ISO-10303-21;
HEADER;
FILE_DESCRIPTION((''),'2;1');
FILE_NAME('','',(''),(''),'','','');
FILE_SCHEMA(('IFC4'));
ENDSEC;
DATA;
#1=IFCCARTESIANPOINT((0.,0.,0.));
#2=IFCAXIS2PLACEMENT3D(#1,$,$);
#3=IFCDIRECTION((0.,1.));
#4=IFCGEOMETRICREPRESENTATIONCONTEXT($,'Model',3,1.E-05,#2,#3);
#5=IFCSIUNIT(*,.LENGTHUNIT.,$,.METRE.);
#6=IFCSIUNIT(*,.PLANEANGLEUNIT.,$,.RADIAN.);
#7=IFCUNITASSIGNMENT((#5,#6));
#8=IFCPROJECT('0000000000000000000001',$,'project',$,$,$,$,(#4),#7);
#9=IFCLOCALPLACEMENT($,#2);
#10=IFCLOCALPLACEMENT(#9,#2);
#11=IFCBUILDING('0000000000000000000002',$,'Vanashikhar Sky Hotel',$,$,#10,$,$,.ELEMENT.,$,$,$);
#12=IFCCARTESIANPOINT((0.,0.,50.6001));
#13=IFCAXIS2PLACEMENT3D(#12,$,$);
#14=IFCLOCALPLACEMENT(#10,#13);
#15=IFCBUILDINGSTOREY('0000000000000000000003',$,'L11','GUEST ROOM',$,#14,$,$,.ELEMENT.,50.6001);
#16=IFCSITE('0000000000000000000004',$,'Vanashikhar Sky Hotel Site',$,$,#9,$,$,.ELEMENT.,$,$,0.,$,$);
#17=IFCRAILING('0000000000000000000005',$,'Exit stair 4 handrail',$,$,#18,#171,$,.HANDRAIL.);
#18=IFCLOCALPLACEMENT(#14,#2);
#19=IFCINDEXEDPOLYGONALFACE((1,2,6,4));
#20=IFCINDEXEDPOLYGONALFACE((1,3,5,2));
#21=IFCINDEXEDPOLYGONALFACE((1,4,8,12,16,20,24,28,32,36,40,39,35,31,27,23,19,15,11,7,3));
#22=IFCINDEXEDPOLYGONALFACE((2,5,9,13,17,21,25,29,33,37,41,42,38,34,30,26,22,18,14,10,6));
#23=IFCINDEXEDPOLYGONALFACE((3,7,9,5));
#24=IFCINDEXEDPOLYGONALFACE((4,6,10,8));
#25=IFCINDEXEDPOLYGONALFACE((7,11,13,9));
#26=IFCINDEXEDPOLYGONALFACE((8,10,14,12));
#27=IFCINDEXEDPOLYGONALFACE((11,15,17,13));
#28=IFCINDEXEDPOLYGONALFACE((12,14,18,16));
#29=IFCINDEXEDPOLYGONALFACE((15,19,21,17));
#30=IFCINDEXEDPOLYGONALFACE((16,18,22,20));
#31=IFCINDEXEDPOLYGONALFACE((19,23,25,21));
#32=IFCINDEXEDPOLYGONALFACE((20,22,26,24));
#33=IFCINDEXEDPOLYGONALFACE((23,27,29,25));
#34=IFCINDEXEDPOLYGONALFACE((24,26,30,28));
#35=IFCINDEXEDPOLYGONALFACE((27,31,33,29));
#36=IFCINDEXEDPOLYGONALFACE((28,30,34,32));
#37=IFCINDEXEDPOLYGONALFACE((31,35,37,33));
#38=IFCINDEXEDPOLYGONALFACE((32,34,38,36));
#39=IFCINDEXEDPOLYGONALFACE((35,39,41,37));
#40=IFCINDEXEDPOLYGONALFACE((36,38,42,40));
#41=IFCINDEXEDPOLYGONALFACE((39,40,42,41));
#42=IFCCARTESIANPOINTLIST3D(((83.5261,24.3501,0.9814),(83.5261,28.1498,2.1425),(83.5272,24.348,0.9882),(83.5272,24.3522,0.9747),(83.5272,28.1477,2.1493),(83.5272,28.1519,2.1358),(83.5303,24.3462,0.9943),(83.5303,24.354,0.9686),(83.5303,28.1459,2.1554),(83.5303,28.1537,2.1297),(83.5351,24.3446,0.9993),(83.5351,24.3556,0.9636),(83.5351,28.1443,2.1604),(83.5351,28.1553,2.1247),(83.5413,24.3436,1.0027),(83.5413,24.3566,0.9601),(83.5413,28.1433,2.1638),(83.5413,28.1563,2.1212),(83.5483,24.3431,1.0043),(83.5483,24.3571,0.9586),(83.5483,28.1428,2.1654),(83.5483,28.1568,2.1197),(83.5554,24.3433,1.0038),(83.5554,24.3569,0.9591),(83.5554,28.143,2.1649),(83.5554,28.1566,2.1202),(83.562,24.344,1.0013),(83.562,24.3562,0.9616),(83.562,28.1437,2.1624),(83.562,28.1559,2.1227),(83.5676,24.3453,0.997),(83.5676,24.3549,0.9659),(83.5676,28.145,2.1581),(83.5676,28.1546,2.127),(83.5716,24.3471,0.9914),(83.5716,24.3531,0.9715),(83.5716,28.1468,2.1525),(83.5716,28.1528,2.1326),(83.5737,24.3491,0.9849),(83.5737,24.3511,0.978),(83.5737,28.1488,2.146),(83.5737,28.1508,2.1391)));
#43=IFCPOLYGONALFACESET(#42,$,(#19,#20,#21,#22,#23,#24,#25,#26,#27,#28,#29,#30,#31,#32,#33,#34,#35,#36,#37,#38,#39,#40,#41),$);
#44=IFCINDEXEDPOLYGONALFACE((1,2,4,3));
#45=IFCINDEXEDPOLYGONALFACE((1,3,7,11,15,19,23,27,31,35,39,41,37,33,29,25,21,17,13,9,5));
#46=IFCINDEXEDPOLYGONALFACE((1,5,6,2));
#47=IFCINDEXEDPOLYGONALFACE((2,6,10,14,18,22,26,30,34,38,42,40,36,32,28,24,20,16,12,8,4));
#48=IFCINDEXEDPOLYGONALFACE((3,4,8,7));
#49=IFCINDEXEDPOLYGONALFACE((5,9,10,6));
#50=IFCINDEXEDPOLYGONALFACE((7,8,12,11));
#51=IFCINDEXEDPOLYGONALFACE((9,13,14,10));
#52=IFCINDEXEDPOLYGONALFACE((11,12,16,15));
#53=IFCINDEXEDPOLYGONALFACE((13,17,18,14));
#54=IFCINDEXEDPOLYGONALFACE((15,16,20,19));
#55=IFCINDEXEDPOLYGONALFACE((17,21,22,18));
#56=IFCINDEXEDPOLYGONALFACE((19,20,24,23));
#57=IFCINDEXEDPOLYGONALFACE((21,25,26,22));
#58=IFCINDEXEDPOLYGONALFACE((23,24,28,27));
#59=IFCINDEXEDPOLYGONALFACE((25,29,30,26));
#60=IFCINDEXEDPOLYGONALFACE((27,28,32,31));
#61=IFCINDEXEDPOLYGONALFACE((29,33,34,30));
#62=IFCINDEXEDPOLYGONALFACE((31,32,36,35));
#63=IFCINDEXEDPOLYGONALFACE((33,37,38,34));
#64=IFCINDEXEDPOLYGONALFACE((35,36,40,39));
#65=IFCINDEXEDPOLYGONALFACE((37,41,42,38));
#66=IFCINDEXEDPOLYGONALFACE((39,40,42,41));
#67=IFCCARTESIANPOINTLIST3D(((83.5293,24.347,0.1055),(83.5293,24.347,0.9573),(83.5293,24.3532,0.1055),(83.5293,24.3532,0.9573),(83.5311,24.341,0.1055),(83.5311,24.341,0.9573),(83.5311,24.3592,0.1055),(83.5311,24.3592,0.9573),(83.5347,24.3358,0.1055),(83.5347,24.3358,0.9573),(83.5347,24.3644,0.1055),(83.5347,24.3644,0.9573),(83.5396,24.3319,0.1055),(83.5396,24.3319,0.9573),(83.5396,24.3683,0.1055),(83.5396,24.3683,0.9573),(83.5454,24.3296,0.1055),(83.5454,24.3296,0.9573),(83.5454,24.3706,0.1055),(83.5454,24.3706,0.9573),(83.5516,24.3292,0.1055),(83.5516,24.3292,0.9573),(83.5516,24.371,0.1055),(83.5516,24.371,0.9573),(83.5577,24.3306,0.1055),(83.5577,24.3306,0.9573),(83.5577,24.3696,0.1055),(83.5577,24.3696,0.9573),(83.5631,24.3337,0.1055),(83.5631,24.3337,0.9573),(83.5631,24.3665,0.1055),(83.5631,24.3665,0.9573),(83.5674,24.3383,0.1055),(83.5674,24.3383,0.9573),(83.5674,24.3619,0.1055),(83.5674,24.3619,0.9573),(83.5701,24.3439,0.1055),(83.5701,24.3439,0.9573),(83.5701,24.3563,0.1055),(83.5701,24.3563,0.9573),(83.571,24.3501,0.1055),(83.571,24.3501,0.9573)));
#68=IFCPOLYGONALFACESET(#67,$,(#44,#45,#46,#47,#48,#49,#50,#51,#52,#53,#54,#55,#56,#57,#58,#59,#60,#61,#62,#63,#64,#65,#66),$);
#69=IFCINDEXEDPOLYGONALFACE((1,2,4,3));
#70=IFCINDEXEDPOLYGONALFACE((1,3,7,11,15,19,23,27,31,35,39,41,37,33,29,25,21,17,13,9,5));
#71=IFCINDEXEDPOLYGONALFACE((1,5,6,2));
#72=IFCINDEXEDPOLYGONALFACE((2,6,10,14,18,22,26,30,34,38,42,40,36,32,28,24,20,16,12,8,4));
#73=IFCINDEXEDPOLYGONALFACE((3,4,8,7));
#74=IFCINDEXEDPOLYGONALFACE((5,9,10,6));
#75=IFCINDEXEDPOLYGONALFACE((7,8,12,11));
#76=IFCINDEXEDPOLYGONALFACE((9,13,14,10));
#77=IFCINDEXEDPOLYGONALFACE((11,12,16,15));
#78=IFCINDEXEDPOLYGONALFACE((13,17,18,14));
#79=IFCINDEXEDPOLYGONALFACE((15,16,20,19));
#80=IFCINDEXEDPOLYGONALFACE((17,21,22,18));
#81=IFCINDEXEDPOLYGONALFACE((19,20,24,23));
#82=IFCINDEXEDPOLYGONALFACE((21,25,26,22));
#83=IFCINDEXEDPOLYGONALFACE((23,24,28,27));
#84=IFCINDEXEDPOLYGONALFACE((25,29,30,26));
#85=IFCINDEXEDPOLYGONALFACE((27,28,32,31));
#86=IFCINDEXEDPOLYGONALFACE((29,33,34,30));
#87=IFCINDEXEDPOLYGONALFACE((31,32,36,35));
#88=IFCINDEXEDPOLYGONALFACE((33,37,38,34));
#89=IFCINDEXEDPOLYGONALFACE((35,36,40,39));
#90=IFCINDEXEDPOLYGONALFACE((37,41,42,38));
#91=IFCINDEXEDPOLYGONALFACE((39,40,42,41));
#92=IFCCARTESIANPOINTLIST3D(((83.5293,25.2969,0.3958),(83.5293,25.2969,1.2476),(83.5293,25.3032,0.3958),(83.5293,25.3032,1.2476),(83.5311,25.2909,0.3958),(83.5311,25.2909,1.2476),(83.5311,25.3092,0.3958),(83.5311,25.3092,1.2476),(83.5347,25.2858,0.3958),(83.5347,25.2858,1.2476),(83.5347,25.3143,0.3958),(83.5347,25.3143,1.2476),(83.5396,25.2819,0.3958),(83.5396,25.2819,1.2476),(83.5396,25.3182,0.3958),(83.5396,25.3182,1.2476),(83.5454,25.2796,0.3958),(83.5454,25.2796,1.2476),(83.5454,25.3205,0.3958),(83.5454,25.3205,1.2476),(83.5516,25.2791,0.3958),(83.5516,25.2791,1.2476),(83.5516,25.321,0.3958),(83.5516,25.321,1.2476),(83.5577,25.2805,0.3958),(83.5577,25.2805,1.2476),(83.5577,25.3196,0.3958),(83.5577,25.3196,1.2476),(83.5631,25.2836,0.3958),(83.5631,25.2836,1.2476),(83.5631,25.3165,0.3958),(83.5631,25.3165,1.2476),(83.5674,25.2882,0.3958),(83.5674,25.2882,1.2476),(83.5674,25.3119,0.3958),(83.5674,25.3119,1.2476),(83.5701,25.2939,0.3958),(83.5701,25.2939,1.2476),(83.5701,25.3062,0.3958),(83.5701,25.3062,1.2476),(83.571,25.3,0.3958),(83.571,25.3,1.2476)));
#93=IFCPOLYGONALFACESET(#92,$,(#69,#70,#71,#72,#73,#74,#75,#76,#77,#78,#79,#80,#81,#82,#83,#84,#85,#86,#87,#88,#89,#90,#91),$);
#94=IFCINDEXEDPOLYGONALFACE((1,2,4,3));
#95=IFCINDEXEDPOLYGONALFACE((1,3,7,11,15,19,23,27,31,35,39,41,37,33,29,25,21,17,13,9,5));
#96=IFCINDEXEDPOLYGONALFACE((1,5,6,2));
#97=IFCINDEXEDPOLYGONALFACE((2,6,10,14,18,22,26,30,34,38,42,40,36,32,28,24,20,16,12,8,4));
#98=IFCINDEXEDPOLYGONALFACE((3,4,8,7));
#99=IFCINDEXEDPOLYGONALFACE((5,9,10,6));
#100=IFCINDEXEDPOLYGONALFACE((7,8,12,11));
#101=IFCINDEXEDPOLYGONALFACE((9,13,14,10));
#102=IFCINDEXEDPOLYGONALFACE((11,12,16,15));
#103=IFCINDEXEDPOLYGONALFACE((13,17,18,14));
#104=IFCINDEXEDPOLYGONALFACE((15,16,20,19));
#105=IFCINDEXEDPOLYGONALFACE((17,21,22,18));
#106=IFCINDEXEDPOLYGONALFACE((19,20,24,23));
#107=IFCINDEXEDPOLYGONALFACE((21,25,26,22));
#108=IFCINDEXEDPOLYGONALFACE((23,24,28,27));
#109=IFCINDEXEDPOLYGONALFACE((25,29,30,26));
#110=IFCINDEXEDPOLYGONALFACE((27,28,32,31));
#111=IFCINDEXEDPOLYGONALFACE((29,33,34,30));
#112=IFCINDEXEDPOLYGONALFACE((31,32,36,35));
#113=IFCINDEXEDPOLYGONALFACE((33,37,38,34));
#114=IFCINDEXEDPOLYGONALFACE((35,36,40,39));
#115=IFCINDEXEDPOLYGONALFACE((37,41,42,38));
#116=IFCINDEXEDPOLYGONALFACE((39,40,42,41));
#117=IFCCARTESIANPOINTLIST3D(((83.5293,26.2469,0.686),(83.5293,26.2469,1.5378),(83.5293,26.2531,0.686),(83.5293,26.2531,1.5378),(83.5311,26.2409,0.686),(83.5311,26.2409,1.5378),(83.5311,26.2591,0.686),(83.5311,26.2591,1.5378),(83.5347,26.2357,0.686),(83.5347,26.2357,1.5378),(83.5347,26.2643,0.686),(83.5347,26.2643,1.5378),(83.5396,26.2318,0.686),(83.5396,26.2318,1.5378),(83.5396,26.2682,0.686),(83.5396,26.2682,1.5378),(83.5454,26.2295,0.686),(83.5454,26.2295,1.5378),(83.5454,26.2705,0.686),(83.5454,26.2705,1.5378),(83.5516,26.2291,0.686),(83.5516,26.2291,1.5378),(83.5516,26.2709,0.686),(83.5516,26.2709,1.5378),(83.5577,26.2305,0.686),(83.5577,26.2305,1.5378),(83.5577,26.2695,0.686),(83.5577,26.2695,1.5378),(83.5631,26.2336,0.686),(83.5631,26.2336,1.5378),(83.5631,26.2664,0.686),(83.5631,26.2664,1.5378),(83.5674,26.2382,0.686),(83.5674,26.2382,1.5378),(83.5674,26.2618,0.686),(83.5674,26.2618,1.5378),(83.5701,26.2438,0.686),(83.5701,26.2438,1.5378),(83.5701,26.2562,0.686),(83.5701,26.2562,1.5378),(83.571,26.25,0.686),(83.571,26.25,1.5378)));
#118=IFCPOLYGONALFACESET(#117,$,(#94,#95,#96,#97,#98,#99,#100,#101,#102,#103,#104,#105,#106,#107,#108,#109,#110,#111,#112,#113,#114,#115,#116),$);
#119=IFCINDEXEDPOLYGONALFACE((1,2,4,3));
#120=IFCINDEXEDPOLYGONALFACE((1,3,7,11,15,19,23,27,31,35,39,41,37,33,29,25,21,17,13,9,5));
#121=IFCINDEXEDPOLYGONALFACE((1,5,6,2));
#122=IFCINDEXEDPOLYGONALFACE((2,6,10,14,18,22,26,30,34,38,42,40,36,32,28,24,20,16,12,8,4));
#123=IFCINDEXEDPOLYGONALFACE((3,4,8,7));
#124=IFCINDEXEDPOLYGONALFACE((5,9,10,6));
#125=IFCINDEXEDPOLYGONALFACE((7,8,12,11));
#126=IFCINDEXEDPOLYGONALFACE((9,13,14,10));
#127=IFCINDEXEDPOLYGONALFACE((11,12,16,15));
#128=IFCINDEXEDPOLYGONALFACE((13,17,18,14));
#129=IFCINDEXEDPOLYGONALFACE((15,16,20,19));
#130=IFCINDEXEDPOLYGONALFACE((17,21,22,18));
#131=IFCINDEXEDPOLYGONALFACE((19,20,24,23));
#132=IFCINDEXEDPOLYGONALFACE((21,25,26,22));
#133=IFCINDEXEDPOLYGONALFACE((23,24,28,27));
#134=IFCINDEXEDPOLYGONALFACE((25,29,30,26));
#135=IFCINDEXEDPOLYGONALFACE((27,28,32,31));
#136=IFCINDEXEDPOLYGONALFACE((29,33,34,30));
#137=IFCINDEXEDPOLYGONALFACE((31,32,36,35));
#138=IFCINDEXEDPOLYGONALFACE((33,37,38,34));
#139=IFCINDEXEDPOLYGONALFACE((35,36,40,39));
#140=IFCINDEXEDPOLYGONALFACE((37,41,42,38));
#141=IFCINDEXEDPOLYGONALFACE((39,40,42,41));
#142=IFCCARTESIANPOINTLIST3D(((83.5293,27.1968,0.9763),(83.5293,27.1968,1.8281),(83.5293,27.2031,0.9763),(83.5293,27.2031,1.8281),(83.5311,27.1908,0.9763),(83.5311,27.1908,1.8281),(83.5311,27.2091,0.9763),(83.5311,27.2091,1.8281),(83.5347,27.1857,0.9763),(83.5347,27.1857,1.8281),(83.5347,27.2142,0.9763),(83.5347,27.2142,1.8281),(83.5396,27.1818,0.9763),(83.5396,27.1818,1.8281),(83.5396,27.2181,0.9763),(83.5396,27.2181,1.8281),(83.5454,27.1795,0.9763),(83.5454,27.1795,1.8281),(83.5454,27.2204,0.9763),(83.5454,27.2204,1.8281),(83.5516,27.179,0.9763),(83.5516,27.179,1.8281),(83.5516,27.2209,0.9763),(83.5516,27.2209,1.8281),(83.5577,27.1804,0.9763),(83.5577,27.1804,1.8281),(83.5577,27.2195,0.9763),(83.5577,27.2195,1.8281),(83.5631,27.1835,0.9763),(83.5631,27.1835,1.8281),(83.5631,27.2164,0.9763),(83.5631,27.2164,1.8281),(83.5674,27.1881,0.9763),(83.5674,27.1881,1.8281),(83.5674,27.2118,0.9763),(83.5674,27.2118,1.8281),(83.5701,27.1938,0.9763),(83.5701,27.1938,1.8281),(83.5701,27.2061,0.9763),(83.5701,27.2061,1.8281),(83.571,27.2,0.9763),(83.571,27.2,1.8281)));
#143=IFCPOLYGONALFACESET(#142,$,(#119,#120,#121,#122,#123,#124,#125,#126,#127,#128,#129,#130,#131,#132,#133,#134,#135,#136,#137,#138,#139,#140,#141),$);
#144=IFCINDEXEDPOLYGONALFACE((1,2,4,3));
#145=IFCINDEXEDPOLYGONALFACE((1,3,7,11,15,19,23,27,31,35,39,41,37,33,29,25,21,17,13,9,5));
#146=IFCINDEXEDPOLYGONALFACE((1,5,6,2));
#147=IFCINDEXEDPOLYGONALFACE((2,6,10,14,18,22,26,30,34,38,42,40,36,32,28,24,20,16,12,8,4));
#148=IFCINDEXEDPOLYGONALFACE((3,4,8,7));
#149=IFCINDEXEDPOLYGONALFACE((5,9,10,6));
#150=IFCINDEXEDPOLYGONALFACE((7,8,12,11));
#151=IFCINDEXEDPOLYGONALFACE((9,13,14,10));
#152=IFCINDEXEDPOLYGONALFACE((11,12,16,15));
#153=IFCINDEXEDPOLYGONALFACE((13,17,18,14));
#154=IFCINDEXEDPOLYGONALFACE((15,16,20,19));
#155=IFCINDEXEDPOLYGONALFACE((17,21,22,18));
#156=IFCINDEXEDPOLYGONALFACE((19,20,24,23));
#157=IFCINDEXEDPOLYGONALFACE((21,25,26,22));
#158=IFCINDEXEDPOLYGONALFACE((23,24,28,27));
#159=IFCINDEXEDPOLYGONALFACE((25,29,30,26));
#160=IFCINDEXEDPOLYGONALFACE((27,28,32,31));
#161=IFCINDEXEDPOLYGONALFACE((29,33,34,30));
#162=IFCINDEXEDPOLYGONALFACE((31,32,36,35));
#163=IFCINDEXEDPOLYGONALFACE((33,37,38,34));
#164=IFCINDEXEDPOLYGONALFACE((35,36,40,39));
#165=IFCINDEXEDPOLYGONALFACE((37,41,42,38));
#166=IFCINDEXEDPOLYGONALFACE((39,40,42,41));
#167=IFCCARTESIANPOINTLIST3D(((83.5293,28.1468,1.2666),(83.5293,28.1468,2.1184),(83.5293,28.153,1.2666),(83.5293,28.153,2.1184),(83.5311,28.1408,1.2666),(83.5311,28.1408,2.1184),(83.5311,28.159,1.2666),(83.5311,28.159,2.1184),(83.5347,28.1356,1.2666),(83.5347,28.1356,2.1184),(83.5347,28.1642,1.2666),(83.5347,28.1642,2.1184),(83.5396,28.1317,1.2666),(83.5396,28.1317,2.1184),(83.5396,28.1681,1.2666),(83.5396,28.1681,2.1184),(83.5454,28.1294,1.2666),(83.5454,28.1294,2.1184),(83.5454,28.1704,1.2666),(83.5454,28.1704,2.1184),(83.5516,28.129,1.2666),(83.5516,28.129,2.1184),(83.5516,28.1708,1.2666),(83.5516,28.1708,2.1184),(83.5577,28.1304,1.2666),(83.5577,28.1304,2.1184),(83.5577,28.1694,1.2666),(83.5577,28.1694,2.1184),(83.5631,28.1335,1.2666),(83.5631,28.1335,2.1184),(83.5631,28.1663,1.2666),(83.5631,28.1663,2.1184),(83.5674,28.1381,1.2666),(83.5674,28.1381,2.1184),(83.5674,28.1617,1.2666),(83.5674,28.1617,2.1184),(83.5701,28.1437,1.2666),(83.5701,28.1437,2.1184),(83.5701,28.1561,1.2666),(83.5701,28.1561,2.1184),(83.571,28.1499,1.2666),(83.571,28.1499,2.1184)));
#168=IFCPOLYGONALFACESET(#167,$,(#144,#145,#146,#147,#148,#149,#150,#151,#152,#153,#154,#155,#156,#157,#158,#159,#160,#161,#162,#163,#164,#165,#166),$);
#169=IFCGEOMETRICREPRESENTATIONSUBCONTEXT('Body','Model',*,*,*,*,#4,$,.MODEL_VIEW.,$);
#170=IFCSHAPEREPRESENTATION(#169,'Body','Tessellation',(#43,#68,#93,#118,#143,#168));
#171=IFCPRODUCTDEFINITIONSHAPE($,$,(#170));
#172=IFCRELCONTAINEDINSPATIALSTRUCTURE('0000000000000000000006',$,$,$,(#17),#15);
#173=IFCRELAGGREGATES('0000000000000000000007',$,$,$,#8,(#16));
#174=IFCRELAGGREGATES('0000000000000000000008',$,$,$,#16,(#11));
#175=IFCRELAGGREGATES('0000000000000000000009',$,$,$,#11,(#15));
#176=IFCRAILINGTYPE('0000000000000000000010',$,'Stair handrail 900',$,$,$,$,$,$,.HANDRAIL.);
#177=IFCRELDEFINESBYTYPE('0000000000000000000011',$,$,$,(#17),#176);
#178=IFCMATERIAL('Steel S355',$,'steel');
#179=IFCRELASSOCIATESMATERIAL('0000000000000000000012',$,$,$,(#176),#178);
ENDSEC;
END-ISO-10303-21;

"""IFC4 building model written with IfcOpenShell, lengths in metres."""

from ifc_helpers import new_model, si_unit, direction, frame, origin, origin_2d, place, context, subcontext, project, spatial, circle, extrude, source, transform, mapped, material, type_object, element, save


model = new_model("IFC4")

# Units and contexts
model_context = context("Model", 3, precision=1e-05, world=origin(), true_north=direction((0.0, 1.0)))
body_context = subcontext(model_context, "Body", "Model", "MODEL_VIEW")
ifc_project = project(units=[si_unit("LENGTHUNIT", "METRE"), si_unit("PLANEANGLEUNIT", "RADIAN")], contexts=[model_context])

# Site, building, storey
site_placement = place(None, origin())
site = spatial("IfcSite", under=ifc_project, at=site_placement, Name="Vanashikhar Sky Hotel Site", CompositionType="ELEMENT", RefElevation=0.0)
building_placement = place(site_placement, origin())
building = spatial("IfcBuilding", under=site, at=building_placement, Name="Vanashikhar Sky Hotel", CompositionType="ELEMENT")
storey_placement = place(building_placement, frame((0.0, 0.0, 50.6001)))
storey = spatial("IfcBuildingStorey", under=building, at=storey_placement, Name="L11", Description="GUEST ROOM", CompositionType="ELEMENT", Elevation=50.6001)

# Railing
ifc_material_1 = material(Name="Steel S355", Category="steel")
railing_type_1 = type_object("IfcRailingType", Name="Stair handrail 900", PredefinedType="HANDRAIL", material=ifc_material_1)
shared_shape_1 = source(origin(), body_context, "Body", "SweptSolid", [
    extrude(circle(Radius=0.0239, at=origin_2d()), frame((0.0, 0.0, 0.876), z_axis=(0.0, 0.956346, 0.292237), x_axis=(-1.0, 0.0, 0.0)), (0.0, 0.0, 1.0), 3.9731),
    extrude(circle(Radius=0.021, at=origin_2d()), origin(), (0.0, 0.0, 1.0), 0.8518),
    extrude(circle(Radius=0.021, at=origin_2d()), frame((0.0, 0.95, 0.2903)), (0.0, 0.0, 1.0), 0.8518),
    extrude(circle(Radius=0.021, at=origin_2d()), frame((0.0, 1.8999, 0.5806)), (0.0, 0.0, 1.0), 0.8518),
    extrude(circle(Radius=0.021, at=origin_2d()), frame((0.0, 2.8499, 0.8708)), (0.0, 0.0, 1.0), 0.8518),
    extrude(circle(Radius=0.021, at=origin_2d()), frame((0.0, 3.7998, 1.1611)), (0.0, 0.0, 1.0), 0.8518),
])
for number, where, name in (
    (1, (83.55, 24.3501, 0.1055), "Exit stair 4 handrail"),
):
    element("IfcRailing", number, at=place(storey_placement, frame(where)), inside=storey, type_object=railing_type_1, Name=name, PredefinedType="HANDRAIL", context=body_context, shape_type="MappedRepresentation", body=[
        mapped(shared_shape_1, transform((0.0, 0.0, 0.0), scale=1.0)),
    ])

save(model, "model.ifc")
